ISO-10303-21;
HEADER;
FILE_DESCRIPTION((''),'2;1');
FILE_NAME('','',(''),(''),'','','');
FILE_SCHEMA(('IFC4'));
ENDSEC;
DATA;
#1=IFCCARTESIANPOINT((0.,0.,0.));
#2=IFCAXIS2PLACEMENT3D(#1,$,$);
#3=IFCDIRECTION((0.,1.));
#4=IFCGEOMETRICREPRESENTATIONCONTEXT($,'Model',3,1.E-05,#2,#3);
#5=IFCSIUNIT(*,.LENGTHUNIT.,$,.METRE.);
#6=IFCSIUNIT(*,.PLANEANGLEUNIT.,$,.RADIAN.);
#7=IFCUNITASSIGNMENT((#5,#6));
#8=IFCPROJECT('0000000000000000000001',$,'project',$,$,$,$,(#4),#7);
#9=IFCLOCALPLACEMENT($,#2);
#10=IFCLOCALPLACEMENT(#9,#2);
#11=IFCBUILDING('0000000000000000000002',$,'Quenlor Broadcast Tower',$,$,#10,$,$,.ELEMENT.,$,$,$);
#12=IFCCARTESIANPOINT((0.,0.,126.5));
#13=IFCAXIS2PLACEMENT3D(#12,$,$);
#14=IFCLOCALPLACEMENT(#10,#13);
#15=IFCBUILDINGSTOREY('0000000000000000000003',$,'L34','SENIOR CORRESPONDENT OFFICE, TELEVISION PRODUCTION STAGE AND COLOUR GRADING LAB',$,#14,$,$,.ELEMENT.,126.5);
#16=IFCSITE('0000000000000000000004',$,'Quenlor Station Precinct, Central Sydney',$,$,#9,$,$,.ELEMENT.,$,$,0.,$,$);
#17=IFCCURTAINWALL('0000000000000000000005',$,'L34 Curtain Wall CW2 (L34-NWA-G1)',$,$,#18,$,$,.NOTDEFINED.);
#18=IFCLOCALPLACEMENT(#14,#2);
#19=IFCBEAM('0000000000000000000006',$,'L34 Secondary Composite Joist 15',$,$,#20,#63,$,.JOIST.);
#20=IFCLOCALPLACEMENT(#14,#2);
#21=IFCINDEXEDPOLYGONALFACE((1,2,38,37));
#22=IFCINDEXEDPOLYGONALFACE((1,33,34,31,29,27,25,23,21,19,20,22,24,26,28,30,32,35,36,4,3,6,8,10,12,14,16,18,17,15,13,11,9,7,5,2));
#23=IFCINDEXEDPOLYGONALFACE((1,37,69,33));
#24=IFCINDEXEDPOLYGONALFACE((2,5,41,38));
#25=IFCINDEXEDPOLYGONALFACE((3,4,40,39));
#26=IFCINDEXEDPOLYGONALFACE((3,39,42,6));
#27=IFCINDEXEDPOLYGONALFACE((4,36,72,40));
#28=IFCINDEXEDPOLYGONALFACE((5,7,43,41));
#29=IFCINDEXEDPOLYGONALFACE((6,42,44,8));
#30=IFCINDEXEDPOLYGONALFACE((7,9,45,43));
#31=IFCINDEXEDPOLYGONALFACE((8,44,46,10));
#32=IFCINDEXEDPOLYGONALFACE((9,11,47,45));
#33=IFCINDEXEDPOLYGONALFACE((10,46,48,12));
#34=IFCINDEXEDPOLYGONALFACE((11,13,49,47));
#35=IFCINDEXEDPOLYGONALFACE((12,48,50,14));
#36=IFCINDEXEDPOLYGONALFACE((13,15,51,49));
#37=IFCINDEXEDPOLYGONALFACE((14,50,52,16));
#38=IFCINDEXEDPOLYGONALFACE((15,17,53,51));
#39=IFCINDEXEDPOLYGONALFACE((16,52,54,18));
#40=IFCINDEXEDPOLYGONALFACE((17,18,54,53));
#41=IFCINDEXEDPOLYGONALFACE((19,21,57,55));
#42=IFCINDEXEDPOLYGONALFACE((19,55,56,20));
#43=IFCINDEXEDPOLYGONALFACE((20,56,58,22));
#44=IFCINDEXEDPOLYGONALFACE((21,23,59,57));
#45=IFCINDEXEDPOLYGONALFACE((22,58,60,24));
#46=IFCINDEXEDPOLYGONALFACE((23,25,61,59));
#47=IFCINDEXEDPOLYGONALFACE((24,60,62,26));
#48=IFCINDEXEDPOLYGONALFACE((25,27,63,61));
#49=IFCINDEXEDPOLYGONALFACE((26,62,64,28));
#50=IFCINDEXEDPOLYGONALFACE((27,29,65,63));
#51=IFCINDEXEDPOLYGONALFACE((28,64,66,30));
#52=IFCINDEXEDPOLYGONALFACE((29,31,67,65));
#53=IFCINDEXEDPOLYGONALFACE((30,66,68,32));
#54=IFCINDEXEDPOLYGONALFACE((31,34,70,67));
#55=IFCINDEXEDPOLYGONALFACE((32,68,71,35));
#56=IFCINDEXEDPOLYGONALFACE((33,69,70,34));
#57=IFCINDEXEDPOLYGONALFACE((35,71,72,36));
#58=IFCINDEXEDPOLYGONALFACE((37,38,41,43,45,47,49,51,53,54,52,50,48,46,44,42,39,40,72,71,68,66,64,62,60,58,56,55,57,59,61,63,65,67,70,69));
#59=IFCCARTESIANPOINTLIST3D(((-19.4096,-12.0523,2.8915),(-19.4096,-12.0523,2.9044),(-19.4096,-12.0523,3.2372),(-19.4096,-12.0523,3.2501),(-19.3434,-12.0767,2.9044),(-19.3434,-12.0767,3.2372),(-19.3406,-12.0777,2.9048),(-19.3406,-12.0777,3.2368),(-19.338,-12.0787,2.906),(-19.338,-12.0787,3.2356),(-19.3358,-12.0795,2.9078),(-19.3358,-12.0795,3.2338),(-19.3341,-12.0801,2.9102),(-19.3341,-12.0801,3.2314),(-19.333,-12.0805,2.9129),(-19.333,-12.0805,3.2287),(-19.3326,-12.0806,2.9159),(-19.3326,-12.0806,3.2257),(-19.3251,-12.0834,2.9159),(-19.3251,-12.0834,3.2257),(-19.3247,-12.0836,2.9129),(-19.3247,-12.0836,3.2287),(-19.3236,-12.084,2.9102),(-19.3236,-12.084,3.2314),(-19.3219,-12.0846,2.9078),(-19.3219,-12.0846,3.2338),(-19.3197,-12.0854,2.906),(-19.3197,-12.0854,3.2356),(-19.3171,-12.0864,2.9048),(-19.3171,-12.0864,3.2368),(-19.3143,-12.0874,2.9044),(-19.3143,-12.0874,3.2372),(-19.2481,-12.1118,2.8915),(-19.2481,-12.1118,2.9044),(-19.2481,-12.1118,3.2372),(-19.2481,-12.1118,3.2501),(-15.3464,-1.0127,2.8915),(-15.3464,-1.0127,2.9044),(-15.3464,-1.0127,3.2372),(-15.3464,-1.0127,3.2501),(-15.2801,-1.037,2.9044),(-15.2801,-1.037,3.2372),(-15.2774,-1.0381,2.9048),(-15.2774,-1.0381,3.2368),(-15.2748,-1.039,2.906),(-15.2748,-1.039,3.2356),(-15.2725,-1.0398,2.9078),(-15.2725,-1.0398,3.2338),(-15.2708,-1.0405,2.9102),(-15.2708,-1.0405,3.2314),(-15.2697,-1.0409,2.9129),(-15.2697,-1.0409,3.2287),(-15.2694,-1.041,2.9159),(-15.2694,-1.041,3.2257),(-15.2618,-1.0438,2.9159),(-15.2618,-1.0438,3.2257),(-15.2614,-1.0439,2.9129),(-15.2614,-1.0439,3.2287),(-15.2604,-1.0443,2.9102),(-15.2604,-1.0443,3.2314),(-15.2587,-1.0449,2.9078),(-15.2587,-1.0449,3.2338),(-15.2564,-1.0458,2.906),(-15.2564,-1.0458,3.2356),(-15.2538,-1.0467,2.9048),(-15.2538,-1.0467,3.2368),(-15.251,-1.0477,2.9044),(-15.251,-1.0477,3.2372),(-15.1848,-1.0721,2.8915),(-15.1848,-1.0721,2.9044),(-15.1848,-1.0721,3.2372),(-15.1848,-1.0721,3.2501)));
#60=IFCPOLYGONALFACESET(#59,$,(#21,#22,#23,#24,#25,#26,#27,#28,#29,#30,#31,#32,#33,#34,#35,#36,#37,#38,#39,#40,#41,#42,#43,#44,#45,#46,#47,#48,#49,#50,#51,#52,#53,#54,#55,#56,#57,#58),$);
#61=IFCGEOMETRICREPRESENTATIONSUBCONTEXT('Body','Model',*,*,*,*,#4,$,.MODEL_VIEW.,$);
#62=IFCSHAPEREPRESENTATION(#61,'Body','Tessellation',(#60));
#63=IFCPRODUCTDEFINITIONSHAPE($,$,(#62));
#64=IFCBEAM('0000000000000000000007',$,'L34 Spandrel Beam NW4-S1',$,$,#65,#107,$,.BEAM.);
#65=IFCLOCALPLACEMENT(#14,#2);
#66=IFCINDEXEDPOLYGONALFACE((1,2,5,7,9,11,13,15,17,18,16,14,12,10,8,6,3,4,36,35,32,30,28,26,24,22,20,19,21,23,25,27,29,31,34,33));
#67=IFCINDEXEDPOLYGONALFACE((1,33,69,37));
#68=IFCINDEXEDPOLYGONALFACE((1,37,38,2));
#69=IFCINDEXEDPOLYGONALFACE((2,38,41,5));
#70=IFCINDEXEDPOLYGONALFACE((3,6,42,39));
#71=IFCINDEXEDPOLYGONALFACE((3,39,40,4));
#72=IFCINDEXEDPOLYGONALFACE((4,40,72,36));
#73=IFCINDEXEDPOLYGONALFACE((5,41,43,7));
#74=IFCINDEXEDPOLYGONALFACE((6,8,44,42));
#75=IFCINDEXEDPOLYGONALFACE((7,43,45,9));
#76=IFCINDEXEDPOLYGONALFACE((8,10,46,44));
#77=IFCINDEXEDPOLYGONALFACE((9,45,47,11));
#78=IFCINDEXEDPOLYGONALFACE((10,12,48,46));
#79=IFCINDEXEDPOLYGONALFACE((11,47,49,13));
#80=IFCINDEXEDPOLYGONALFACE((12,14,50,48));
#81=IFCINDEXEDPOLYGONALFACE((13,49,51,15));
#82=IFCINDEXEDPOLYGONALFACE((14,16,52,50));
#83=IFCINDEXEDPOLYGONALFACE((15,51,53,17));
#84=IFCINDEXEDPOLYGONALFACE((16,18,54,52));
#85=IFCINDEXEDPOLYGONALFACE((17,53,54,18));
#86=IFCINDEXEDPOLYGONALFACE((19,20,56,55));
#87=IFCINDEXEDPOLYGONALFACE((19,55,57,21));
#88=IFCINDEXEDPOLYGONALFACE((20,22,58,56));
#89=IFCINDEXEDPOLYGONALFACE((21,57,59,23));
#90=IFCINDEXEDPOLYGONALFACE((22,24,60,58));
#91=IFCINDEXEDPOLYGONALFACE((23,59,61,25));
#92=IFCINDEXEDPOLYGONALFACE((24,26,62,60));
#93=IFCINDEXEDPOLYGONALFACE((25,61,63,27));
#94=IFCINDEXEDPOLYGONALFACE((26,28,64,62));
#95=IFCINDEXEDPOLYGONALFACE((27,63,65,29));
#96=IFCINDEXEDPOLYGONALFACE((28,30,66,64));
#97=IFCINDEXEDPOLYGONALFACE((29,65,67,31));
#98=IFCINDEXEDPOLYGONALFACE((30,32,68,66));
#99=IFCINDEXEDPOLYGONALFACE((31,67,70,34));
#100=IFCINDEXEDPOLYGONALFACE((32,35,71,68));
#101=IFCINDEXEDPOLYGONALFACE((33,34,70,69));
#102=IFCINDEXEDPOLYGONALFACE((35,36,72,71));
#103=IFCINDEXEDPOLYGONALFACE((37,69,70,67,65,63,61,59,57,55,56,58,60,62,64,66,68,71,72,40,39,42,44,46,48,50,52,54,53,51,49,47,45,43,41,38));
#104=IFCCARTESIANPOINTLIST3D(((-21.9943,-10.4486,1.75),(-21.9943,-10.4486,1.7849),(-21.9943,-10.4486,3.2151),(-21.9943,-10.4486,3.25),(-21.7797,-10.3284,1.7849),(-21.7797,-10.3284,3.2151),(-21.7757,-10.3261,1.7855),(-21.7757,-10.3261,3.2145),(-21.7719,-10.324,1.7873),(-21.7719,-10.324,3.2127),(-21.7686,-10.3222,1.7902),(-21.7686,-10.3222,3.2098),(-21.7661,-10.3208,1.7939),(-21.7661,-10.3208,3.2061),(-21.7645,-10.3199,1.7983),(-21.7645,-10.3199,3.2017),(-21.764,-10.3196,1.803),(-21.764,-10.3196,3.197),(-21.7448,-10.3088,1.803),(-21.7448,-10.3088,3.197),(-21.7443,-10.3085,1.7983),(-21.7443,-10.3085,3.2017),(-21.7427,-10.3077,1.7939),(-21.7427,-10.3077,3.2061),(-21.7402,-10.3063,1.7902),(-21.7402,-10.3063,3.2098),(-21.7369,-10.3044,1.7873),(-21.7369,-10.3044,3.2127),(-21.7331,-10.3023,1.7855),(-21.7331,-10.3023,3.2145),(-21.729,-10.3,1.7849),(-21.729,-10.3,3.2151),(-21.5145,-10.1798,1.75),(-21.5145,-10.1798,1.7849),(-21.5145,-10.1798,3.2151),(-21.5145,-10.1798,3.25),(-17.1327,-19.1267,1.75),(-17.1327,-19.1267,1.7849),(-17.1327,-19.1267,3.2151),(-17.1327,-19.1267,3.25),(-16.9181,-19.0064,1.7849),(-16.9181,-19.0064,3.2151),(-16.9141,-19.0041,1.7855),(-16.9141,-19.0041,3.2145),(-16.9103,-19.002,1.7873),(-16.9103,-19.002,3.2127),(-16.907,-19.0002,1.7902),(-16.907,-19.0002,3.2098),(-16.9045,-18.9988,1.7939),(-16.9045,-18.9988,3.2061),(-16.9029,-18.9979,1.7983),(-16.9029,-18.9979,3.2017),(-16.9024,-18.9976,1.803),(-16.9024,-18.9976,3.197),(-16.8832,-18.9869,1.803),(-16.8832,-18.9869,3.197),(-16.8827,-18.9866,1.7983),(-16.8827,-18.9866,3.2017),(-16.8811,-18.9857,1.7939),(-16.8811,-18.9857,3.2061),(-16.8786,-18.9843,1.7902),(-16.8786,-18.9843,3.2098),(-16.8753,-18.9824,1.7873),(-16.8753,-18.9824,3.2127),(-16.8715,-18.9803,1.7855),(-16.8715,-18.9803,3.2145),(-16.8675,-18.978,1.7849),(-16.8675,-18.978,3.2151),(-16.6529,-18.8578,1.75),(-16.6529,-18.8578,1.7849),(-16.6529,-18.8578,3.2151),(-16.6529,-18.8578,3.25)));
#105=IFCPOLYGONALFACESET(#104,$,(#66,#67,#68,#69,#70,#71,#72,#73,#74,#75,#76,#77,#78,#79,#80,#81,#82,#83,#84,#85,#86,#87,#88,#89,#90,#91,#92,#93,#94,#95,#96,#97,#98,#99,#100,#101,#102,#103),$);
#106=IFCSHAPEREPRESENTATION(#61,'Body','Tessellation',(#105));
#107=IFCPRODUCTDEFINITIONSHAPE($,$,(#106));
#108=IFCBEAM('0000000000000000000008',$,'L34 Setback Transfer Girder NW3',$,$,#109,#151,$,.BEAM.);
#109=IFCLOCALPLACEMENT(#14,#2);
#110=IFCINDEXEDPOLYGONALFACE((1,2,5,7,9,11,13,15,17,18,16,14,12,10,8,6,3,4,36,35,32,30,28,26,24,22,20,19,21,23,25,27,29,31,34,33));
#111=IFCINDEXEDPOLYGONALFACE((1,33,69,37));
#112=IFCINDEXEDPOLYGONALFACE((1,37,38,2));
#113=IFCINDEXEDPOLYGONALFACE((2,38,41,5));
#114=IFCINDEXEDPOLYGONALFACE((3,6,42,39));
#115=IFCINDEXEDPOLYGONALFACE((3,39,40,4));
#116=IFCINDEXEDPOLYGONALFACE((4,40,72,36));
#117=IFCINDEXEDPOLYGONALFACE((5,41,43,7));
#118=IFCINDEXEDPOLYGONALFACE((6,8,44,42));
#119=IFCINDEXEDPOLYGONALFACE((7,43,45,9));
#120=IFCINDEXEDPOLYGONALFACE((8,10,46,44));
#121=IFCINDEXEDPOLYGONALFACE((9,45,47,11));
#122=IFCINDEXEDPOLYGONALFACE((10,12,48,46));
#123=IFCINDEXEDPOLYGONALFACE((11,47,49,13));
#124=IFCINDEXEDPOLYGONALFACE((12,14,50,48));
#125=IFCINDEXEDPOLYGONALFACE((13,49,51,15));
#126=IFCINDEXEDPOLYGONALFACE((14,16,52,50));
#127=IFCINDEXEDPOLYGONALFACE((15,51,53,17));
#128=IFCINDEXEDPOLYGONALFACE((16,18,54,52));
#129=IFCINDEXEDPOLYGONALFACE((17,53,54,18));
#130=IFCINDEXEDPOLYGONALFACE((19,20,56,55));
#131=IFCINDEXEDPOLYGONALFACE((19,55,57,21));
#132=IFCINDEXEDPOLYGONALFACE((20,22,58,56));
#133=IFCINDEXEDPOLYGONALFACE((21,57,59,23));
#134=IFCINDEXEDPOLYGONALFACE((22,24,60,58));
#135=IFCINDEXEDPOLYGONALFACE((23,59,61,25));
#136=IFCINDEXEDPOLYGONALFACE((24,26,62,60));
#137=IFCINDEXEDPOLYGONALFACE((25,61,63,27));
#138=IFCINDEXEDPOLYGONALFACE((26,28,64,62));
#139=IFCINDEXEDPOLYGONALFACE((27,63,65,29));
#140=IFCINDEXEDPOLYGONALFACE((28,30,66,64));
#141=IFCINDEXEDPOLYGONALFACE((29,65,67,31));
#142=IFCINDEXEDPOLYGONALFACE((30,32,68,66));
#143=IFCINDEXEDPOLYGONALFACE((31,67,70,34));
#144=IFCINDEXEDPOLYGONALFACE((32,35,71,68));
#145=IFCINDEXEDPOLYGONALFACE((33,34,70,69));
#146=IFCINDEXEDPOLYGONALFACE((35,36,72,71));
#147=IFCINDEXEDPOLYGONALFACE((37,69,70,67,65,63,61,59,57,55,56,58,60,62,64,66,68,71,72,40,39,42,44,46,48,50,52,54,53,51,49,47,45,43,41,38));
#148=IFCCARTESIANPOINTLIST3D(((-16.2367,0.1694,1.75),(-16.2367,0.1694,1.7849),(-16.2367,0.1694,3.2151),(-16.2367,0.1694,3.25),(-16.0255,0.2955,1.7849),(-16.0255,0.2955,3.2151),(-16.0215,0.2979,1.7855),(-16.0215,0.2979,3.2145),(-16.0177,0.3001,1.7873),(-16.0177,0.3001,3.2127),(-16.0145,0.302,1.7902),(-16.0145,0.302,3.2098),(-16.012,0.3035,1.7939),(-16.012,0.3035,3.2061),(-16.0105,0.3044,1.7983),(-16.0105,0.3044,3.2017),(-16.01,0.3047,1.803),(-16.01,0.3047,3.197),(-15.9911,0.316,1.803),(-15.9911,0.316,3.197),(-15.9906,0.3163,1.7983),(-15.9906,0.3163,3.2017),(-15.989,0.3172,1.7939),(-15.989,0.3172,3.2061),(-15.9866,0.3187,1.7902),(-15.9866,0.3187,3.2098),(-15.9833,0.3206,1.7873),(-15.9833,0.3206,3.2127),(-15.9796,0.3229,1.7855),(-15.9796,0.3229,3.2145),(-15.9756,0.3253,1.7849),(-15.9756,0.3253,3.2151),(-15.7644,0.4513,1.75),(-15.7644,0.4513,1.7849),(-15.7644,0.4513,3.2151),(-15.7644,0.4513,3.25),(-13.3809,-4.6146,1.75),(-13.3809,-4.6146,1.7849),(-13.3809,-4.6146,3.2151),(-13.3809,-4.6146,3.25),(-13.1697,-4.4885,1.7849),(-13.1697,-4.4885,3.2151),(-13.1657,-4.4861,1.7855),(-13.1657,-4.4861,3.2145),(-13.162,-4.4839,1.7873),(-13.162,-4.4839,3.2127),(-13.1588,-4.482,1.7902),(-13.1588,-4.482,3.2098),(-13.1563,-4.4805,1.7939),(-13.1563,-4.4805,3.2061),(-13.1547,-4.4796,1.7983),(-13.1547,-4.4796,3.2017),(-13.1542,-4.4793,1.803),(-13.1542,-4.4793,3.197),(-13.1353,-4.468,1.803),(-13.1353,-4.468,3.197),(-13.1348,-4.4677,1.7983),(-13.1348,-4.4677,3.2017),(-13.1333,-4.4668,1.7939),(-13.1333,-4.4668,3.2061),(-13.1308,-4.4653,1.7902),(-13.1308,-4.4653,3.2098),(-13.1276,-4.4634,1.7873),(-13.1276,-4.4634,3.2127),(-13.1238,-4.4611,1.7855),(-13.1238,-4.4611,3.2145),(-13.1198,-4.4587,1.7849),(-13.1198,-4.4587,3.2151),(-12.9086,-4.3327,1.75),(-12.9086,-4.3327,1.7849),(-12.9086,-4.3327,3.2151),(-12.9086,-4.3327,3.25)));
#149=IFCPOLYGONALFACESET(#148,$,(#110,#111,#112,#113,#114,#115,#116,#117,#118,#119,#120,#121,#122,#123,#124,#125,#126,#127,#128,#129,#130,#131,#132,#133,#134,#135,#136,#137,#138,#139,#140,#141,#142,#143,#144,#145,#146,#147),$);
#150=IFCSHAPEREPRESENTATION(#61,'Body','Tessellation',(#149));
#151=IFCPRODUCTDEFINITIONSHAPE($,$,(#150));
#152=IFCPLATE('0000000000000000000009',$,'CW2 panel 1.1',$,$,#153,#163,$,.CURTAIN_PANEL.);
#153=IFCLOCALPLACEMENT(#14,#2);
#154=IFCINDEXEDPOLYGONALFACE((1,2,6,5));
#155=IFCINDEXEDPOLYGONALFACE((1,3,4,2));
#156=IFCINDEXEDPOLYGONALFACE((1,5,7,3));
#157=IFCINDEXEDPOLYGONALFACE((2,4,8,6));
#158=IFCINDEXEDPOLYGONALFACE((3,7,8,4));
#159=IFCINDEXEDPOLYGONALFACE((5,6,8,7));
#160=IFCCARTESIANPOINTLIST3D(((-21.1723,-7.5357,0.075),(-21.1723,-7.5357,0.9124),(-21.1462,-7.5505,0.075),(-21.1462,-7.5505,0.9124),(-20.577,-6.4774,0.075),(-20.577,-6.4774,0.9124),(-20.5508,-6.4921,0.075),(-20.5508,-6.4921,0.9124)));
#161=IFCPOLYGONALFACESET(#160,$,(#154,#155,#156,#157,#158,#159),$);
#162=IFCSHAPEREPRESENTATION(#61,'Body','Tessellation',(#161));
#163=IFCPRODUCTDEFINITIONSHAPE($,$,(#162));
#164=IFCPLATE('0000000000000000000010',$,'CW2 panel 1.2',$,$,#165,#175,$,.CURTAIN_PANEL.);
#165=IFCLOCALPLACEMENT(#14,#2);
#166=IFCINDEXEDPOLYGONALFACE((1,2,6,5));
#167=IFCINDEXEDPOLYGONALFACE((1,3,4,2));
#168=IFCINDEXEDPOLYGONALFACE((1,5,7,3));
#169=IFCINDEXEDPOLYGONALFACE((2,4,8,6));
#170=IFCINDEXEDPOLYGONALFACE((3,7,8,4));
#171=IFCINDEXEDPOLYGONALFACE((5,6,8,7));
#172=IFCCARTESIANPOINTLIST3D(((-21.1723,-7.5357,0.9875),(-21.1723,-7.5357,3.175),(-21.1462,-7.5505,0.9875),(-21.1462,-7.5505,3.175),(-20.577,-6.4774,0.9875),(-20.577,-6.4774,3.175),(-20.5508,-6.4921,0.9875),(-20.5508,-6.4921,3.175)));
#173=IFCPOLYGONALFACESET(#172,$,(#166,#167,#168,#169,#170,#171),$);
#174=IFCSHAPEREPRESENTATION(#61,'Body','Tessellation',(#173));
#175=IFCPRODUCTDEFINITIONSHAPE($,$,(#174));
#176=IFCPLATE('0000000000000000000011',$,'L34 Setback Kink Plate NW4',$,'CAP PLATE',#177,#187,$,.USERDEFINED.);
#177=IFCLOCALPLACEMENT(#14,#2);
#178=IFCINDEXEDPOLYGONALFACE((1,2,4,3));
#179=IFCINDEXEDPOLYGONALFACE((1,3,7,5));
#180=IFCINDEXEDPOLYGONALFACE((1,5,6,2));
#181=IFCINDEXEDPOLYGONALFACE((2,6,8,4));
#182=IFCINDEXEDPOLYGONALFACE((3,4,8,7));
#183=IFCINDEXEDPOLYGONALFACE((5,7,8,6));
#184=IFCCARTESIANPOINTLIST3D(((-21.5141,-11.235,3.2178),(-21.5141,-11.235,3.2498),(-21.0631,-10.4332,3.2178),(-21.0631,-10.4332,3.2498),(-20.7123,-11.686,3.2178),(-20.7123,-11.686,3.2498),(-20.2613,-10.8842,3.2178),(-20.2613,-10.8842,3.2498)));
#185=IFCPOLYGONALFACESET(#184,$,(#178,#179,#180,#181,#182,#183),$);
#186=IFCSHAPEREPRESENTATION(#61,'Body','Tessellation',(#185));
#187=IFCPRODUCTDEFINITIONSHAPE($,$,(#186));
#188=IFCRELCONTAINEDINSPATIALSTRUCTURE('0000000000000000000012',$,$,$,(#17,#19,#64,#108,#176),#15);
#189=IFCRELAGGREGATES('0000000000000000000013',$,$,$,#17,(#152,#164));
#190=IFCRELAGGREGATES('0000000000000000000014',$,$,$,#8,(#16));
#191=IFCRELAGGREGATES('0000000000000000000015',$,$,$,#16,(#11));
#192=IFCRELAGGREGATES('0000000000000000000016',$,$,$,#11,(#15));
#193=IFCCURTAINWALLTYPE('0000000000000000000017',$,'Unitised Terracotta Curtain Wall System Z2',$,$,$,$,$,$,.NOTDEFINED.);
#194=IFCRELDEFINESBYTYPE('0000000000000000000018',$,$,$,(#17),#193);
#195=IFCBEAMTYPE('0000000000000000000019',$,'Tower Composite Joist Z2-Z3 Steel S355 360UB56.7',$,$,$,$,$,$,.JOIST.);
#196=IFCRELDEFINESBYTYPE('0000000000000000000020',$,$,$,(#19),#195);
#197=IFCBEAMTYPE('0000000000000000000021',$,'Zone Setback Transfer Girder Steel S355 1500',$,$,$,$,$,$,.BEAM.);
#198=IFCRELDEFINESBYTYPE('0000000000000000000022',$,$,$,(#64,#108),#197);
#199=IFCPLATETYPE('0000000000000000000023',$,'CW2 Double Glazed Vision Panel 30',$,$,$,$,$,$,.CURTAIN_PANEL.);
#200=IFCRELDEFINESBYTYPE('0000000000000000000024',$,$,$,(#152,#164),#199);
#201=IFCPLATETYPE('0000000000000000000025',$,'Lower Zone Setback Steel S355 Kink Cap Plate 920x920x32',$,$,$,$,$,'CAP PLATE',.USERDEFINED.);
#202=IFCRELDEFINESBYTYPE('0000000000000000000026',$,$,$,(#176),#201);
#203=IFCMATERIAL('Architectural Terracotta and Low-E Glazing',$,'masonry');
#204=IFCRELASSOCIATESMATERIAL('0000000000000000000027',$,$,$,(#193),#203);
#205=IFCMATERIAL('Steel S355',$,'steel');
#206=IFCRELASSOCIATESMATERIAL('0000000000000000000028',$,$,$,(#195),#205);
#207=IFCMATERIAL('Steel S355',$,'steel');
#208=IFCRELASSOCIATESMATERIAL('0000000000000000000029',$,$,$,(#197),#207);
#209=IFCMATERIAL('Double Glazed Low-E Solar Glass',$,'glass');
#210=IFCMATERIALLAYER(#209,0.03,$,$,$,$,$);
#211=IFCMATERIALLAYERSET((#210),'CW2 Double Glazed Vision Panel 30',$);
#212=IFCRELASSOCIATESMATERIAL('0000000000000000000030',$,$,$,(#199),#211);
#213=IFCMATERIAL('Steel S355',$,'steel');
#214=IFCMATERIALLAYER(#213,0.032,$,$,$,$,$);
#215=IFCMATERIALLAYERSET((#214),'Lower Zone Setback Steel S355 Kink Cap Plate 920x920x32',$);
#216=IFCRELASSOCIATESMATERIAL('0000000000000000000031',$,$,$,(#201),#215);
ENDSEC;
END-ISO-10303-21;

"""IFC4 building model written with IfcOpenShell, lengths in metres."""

from ifc_helpers import new_model, si_unit, direction, frame, origin, origin_2d, place, context, subcontext, project, spatial, rectangle, i_section, extrude, material, layer, layer_set, material_profile, profile_set, type_object, element, aggregate, save


model = new_model("IFC4")

# Units and contexts
model_context = context("Model", 3, precision=1e-05, world=origin(), true_north=direction((0.0, 1.0)))
body_context = subcontext(model_context, "Body", "Model", "MODEL_VIEW")
ifc_project = project(units=[si_unit("LENGTHUNIT", "METRE"), si_unit("PLANEANGLEUNIT", "RADIAN")], contexts=[model_context])

# Site, building, storey
site_placement = place(None, origin())
site = spatial("IfcSite", under=ifc_project, at=site_placement, Name="Quenlor Station Precinct, Central Sydney", CompositionType="ELEMENT", RefElevation=0.0)
building_placement = place(site_placement, origin())
building = spatial("IfcBuilding", under=site, at=building_placement, Name="Quenlor Broadcast Tower", CompositionType="ELEMENT")
storey_placement = place(building_placement, frame((0.0, 0.0, 126.5)))
storey = spatial("IfcBuildingStorey", under=building, at=storey_placement, Name="L34", Description="SENIOR CORRESPONDENT OFFICE, TELEVISION PRODUCTION STAGE AND COLOUR GRADING LAB", CompositionType="ELEMENT", Elevation=126.5)

# Curtain wall
ifc_material_1 = material(Name="Architectural Terracotta and Low-E Glazing", Category="masonry")
curtain_wall_type = type_object("IfcCurtainWallType", Name="Unitised Terracotta Curtain Wall System Z2", PredefinedType="NOTDEFINED", material=ifc_material_1)
curtain_wall_placement = place(storey_placement, origin())
curtain_wall = element("IfcCurtainWall", 1, at=curtain_wall_placement, inside=storey, type_object=curtain_wall_type, Name="L34 Curtain Wall CW2 (L34-NWA-G1)", PredefinedType="NOTDEFINED")

# Beams
ifc_material_2 = material(Name="Steel S355", Category="steel")
ifc_material_profile_1 = material_profile(ifc_material_2, i_section(OverallWidth=0.1721, OverallDepth=0.3586, WebThickness=0.0081, FlangeThickness=0.0129, FilletRadius=0.0115, at=origin_2d()))
ifc_profile_set_1 = profile_set([ifc_material_profile_1], Name="Steel S355 360UB56.7")
beam_type_1 = type_object("IfcBeamType", Name="Tower Composite Joist Z2-Z3 Steel S355 360UB56.7", PredefinedType="JOIST", material=ifc_profile_set_1)
beam_1_placement = place(storey_placement, frame((-19.3289, -12.082, 3.0708), z_axis=(0.345408, 0.938453, 0.0), x_axis=(-0.938453, 0.345408, 0.0)))
element("IfcBeam", 2, at=beam_1_placement, inside=storey, type_object=beam_type_1, Name="L34 Secondary Composite Joist 15", PredefinedType="JOIST", context=body_context, shape_type="SweptSolid", body=[
    extrude(i_section(OverallWidth=0.1721, OverallDepth=0.3586, WebThickness=0.0081, FlangeThickness=0.0129, FilletRadius=0.0115, at=origin_2d()), origin(), (0.0, 0.0, 1.0), 11.7637),
])
ifc_material_3 = material(Name="Steel S355", Category="steel")
ifc_material_profile_2 = material_profile(ifc_material_3, i_section(OverallWidth=0.55, OverallDepth=1.5, WebThickness=0.022, FlangeThickness=0.0349, FilletRadius=0.0181, at=origin_2d()))
ifc_profile_set_2 = profile_set([ifc_material_profile_2], Name="Steel S355 1500TG510")
beam_type_2 = type_object("IfcBeamType", Name="Zone Setback Transfer Girder Steel S355 1500", PredefinedType="BEAM", material=ifc_profile_set_2)
beam_2_placement = place(storey_placement, frame((-21.7544, -10.3142, 2.5), z_axis=(0.488749, -0.872424, 0.0), x_axis=(0.872424, 0.488749, 0.0)))
element("IfcBeam", 3, at=beam_2_placement, inside=storey, type_object=beam_type_2, Name="L34 Spandrel Beam NW4-S1", PredefinedType="BEAM", context=body_context, shape_type="SweptSolid", body=[
    extrude(i_section(OverallWidth=0.55, OverallDepth=1.5, WebThickness=0.022, FlangeThickness=0.0349, FilletRadius=0.0181, at=origin_2d()), origin(), (0.0, 0.0, 1.0), 9.947),
])
beam_3_placement = place(storey_placement, frame((-13.1448, -4.4736, 2.5), z_axis=(-0.512561, 0.858651, 0.0), x_axis=(-0.858651, -0.512561, 0.0)))
element("IfcBeam", 4, at=beam_3_placement, inside=storey, type_object=beam_type_2, Name="L34 Setback Transfer Girder NW3", PredefinedType="BEAM", context=body_context, shape_type="SweptSolid", body=[
    extrude(i_section(OverallWidth=0.55, OverallDepth=1.5, WebThickness=0.022, FlangeThickness=0.0349, FilletRadius=0.0181, at=origin_2d()), origin(), (0.0, 0.0, 1.0), 5.5715),
])

# Plates
ifc_material_4 = material(Name="Double Glazed Low-E Solar Glass", Category="glass")
ifc_layer_1 = layer(ifc_material_4, 0.03)
ifc_layer_set_1 = layer_set([ifc_layer_1], Name="CW2 Double Glazed Vision Panel 30")
plate_type_1 = type_object("IfcPlateType", Name="CW2 Double Glazed Vision Panel 30", PredefinedType="CURTAIN_PANEL", material=ifc_layer_set_1)
plate_1_placement = place(storey_placement, frame((-20.8616, -7.0139, 0.075), z_axis=(0.0, 0.0, 1.0), x_axis=(0.490279, 0.871566, 0.0)))
plate_1 = element("IfcPlate", 5, at=plate_1_placement, type_object=plate_type_1, Name="CW2 panel 1.1", PredefinedType="CURTAIN_PANEL", context=body_context, shape_type="SweptSolid", body=[
    extrude(rectangle(XDim=1.2144, YDim=0.03, at=origin_2d()), origin(), (0.0, 0.0, 1.0), 0.8374),
])
plate_2_placement = place(storey_placement, frame((-20.8616, -7.0139, 0.9875), z_axis=(0.0, 0.0, 1.0), x_axis=(0.490279, 0.871566, 0.0)))
plate_2 = element("IfcPlate", 6, at=plate_2_placement, type_object=plate_type_1, Name="CW2 panel 1.2", PredefinedType="CURTAIN_PANEL", context=body_context, shape_type="SweptSolid", body=[
    extrude(rectangle(XDim=1.2144, YDim=0.03, at=origin_2d()), origin(), (0.0, 0.0, 1.0), 2.1875),
])
aggregate(curtain_wall, [plate_1, plate_2])

# Plate
ifc_material_5 = material(Name="Steel S355", Category="steel")
ifc_layer_2 = layer(ifc_material_5, 0.032)
ifc_layer_set_2 = layer_set([ifc_layer_2], Name="Lower Zone Setback Steel S355 Kink Cap Plate 920x920x32")
plate_type_2 = type_object("IfcPlateType", Name="Lower Zone Setback Steel S355 Kink Cap Plate 920x920x32", ElementType="CAP PLATE", PredefinedType="USERDEFINED", material=ifc_layer_set_2)
plate_3_placement = place(storey_placement, frame((-20.8877, -11.0596, 3.2178), z_axis=(0.0, 0.0, 1.0), x_axis=(-0.871575, 0.490262, 0.0)))
element("IfcPlate", 7, at=plate_3_placement, inside=storey, type_object=plate_type_2, Name="L34 Setback Kink Plate NW4", ObjectType="CAP PLATE", PredefinedType="USERDEFINED", context=body_context, shape_type="SweptSolid", body=[
    extrude(rectangle(XDim=0.9199, YDim=0.9199, at=origin_2d()), origin(), (0.0, 0.0, 1.0), 0.032),
])

save(model, "model.ifc")
